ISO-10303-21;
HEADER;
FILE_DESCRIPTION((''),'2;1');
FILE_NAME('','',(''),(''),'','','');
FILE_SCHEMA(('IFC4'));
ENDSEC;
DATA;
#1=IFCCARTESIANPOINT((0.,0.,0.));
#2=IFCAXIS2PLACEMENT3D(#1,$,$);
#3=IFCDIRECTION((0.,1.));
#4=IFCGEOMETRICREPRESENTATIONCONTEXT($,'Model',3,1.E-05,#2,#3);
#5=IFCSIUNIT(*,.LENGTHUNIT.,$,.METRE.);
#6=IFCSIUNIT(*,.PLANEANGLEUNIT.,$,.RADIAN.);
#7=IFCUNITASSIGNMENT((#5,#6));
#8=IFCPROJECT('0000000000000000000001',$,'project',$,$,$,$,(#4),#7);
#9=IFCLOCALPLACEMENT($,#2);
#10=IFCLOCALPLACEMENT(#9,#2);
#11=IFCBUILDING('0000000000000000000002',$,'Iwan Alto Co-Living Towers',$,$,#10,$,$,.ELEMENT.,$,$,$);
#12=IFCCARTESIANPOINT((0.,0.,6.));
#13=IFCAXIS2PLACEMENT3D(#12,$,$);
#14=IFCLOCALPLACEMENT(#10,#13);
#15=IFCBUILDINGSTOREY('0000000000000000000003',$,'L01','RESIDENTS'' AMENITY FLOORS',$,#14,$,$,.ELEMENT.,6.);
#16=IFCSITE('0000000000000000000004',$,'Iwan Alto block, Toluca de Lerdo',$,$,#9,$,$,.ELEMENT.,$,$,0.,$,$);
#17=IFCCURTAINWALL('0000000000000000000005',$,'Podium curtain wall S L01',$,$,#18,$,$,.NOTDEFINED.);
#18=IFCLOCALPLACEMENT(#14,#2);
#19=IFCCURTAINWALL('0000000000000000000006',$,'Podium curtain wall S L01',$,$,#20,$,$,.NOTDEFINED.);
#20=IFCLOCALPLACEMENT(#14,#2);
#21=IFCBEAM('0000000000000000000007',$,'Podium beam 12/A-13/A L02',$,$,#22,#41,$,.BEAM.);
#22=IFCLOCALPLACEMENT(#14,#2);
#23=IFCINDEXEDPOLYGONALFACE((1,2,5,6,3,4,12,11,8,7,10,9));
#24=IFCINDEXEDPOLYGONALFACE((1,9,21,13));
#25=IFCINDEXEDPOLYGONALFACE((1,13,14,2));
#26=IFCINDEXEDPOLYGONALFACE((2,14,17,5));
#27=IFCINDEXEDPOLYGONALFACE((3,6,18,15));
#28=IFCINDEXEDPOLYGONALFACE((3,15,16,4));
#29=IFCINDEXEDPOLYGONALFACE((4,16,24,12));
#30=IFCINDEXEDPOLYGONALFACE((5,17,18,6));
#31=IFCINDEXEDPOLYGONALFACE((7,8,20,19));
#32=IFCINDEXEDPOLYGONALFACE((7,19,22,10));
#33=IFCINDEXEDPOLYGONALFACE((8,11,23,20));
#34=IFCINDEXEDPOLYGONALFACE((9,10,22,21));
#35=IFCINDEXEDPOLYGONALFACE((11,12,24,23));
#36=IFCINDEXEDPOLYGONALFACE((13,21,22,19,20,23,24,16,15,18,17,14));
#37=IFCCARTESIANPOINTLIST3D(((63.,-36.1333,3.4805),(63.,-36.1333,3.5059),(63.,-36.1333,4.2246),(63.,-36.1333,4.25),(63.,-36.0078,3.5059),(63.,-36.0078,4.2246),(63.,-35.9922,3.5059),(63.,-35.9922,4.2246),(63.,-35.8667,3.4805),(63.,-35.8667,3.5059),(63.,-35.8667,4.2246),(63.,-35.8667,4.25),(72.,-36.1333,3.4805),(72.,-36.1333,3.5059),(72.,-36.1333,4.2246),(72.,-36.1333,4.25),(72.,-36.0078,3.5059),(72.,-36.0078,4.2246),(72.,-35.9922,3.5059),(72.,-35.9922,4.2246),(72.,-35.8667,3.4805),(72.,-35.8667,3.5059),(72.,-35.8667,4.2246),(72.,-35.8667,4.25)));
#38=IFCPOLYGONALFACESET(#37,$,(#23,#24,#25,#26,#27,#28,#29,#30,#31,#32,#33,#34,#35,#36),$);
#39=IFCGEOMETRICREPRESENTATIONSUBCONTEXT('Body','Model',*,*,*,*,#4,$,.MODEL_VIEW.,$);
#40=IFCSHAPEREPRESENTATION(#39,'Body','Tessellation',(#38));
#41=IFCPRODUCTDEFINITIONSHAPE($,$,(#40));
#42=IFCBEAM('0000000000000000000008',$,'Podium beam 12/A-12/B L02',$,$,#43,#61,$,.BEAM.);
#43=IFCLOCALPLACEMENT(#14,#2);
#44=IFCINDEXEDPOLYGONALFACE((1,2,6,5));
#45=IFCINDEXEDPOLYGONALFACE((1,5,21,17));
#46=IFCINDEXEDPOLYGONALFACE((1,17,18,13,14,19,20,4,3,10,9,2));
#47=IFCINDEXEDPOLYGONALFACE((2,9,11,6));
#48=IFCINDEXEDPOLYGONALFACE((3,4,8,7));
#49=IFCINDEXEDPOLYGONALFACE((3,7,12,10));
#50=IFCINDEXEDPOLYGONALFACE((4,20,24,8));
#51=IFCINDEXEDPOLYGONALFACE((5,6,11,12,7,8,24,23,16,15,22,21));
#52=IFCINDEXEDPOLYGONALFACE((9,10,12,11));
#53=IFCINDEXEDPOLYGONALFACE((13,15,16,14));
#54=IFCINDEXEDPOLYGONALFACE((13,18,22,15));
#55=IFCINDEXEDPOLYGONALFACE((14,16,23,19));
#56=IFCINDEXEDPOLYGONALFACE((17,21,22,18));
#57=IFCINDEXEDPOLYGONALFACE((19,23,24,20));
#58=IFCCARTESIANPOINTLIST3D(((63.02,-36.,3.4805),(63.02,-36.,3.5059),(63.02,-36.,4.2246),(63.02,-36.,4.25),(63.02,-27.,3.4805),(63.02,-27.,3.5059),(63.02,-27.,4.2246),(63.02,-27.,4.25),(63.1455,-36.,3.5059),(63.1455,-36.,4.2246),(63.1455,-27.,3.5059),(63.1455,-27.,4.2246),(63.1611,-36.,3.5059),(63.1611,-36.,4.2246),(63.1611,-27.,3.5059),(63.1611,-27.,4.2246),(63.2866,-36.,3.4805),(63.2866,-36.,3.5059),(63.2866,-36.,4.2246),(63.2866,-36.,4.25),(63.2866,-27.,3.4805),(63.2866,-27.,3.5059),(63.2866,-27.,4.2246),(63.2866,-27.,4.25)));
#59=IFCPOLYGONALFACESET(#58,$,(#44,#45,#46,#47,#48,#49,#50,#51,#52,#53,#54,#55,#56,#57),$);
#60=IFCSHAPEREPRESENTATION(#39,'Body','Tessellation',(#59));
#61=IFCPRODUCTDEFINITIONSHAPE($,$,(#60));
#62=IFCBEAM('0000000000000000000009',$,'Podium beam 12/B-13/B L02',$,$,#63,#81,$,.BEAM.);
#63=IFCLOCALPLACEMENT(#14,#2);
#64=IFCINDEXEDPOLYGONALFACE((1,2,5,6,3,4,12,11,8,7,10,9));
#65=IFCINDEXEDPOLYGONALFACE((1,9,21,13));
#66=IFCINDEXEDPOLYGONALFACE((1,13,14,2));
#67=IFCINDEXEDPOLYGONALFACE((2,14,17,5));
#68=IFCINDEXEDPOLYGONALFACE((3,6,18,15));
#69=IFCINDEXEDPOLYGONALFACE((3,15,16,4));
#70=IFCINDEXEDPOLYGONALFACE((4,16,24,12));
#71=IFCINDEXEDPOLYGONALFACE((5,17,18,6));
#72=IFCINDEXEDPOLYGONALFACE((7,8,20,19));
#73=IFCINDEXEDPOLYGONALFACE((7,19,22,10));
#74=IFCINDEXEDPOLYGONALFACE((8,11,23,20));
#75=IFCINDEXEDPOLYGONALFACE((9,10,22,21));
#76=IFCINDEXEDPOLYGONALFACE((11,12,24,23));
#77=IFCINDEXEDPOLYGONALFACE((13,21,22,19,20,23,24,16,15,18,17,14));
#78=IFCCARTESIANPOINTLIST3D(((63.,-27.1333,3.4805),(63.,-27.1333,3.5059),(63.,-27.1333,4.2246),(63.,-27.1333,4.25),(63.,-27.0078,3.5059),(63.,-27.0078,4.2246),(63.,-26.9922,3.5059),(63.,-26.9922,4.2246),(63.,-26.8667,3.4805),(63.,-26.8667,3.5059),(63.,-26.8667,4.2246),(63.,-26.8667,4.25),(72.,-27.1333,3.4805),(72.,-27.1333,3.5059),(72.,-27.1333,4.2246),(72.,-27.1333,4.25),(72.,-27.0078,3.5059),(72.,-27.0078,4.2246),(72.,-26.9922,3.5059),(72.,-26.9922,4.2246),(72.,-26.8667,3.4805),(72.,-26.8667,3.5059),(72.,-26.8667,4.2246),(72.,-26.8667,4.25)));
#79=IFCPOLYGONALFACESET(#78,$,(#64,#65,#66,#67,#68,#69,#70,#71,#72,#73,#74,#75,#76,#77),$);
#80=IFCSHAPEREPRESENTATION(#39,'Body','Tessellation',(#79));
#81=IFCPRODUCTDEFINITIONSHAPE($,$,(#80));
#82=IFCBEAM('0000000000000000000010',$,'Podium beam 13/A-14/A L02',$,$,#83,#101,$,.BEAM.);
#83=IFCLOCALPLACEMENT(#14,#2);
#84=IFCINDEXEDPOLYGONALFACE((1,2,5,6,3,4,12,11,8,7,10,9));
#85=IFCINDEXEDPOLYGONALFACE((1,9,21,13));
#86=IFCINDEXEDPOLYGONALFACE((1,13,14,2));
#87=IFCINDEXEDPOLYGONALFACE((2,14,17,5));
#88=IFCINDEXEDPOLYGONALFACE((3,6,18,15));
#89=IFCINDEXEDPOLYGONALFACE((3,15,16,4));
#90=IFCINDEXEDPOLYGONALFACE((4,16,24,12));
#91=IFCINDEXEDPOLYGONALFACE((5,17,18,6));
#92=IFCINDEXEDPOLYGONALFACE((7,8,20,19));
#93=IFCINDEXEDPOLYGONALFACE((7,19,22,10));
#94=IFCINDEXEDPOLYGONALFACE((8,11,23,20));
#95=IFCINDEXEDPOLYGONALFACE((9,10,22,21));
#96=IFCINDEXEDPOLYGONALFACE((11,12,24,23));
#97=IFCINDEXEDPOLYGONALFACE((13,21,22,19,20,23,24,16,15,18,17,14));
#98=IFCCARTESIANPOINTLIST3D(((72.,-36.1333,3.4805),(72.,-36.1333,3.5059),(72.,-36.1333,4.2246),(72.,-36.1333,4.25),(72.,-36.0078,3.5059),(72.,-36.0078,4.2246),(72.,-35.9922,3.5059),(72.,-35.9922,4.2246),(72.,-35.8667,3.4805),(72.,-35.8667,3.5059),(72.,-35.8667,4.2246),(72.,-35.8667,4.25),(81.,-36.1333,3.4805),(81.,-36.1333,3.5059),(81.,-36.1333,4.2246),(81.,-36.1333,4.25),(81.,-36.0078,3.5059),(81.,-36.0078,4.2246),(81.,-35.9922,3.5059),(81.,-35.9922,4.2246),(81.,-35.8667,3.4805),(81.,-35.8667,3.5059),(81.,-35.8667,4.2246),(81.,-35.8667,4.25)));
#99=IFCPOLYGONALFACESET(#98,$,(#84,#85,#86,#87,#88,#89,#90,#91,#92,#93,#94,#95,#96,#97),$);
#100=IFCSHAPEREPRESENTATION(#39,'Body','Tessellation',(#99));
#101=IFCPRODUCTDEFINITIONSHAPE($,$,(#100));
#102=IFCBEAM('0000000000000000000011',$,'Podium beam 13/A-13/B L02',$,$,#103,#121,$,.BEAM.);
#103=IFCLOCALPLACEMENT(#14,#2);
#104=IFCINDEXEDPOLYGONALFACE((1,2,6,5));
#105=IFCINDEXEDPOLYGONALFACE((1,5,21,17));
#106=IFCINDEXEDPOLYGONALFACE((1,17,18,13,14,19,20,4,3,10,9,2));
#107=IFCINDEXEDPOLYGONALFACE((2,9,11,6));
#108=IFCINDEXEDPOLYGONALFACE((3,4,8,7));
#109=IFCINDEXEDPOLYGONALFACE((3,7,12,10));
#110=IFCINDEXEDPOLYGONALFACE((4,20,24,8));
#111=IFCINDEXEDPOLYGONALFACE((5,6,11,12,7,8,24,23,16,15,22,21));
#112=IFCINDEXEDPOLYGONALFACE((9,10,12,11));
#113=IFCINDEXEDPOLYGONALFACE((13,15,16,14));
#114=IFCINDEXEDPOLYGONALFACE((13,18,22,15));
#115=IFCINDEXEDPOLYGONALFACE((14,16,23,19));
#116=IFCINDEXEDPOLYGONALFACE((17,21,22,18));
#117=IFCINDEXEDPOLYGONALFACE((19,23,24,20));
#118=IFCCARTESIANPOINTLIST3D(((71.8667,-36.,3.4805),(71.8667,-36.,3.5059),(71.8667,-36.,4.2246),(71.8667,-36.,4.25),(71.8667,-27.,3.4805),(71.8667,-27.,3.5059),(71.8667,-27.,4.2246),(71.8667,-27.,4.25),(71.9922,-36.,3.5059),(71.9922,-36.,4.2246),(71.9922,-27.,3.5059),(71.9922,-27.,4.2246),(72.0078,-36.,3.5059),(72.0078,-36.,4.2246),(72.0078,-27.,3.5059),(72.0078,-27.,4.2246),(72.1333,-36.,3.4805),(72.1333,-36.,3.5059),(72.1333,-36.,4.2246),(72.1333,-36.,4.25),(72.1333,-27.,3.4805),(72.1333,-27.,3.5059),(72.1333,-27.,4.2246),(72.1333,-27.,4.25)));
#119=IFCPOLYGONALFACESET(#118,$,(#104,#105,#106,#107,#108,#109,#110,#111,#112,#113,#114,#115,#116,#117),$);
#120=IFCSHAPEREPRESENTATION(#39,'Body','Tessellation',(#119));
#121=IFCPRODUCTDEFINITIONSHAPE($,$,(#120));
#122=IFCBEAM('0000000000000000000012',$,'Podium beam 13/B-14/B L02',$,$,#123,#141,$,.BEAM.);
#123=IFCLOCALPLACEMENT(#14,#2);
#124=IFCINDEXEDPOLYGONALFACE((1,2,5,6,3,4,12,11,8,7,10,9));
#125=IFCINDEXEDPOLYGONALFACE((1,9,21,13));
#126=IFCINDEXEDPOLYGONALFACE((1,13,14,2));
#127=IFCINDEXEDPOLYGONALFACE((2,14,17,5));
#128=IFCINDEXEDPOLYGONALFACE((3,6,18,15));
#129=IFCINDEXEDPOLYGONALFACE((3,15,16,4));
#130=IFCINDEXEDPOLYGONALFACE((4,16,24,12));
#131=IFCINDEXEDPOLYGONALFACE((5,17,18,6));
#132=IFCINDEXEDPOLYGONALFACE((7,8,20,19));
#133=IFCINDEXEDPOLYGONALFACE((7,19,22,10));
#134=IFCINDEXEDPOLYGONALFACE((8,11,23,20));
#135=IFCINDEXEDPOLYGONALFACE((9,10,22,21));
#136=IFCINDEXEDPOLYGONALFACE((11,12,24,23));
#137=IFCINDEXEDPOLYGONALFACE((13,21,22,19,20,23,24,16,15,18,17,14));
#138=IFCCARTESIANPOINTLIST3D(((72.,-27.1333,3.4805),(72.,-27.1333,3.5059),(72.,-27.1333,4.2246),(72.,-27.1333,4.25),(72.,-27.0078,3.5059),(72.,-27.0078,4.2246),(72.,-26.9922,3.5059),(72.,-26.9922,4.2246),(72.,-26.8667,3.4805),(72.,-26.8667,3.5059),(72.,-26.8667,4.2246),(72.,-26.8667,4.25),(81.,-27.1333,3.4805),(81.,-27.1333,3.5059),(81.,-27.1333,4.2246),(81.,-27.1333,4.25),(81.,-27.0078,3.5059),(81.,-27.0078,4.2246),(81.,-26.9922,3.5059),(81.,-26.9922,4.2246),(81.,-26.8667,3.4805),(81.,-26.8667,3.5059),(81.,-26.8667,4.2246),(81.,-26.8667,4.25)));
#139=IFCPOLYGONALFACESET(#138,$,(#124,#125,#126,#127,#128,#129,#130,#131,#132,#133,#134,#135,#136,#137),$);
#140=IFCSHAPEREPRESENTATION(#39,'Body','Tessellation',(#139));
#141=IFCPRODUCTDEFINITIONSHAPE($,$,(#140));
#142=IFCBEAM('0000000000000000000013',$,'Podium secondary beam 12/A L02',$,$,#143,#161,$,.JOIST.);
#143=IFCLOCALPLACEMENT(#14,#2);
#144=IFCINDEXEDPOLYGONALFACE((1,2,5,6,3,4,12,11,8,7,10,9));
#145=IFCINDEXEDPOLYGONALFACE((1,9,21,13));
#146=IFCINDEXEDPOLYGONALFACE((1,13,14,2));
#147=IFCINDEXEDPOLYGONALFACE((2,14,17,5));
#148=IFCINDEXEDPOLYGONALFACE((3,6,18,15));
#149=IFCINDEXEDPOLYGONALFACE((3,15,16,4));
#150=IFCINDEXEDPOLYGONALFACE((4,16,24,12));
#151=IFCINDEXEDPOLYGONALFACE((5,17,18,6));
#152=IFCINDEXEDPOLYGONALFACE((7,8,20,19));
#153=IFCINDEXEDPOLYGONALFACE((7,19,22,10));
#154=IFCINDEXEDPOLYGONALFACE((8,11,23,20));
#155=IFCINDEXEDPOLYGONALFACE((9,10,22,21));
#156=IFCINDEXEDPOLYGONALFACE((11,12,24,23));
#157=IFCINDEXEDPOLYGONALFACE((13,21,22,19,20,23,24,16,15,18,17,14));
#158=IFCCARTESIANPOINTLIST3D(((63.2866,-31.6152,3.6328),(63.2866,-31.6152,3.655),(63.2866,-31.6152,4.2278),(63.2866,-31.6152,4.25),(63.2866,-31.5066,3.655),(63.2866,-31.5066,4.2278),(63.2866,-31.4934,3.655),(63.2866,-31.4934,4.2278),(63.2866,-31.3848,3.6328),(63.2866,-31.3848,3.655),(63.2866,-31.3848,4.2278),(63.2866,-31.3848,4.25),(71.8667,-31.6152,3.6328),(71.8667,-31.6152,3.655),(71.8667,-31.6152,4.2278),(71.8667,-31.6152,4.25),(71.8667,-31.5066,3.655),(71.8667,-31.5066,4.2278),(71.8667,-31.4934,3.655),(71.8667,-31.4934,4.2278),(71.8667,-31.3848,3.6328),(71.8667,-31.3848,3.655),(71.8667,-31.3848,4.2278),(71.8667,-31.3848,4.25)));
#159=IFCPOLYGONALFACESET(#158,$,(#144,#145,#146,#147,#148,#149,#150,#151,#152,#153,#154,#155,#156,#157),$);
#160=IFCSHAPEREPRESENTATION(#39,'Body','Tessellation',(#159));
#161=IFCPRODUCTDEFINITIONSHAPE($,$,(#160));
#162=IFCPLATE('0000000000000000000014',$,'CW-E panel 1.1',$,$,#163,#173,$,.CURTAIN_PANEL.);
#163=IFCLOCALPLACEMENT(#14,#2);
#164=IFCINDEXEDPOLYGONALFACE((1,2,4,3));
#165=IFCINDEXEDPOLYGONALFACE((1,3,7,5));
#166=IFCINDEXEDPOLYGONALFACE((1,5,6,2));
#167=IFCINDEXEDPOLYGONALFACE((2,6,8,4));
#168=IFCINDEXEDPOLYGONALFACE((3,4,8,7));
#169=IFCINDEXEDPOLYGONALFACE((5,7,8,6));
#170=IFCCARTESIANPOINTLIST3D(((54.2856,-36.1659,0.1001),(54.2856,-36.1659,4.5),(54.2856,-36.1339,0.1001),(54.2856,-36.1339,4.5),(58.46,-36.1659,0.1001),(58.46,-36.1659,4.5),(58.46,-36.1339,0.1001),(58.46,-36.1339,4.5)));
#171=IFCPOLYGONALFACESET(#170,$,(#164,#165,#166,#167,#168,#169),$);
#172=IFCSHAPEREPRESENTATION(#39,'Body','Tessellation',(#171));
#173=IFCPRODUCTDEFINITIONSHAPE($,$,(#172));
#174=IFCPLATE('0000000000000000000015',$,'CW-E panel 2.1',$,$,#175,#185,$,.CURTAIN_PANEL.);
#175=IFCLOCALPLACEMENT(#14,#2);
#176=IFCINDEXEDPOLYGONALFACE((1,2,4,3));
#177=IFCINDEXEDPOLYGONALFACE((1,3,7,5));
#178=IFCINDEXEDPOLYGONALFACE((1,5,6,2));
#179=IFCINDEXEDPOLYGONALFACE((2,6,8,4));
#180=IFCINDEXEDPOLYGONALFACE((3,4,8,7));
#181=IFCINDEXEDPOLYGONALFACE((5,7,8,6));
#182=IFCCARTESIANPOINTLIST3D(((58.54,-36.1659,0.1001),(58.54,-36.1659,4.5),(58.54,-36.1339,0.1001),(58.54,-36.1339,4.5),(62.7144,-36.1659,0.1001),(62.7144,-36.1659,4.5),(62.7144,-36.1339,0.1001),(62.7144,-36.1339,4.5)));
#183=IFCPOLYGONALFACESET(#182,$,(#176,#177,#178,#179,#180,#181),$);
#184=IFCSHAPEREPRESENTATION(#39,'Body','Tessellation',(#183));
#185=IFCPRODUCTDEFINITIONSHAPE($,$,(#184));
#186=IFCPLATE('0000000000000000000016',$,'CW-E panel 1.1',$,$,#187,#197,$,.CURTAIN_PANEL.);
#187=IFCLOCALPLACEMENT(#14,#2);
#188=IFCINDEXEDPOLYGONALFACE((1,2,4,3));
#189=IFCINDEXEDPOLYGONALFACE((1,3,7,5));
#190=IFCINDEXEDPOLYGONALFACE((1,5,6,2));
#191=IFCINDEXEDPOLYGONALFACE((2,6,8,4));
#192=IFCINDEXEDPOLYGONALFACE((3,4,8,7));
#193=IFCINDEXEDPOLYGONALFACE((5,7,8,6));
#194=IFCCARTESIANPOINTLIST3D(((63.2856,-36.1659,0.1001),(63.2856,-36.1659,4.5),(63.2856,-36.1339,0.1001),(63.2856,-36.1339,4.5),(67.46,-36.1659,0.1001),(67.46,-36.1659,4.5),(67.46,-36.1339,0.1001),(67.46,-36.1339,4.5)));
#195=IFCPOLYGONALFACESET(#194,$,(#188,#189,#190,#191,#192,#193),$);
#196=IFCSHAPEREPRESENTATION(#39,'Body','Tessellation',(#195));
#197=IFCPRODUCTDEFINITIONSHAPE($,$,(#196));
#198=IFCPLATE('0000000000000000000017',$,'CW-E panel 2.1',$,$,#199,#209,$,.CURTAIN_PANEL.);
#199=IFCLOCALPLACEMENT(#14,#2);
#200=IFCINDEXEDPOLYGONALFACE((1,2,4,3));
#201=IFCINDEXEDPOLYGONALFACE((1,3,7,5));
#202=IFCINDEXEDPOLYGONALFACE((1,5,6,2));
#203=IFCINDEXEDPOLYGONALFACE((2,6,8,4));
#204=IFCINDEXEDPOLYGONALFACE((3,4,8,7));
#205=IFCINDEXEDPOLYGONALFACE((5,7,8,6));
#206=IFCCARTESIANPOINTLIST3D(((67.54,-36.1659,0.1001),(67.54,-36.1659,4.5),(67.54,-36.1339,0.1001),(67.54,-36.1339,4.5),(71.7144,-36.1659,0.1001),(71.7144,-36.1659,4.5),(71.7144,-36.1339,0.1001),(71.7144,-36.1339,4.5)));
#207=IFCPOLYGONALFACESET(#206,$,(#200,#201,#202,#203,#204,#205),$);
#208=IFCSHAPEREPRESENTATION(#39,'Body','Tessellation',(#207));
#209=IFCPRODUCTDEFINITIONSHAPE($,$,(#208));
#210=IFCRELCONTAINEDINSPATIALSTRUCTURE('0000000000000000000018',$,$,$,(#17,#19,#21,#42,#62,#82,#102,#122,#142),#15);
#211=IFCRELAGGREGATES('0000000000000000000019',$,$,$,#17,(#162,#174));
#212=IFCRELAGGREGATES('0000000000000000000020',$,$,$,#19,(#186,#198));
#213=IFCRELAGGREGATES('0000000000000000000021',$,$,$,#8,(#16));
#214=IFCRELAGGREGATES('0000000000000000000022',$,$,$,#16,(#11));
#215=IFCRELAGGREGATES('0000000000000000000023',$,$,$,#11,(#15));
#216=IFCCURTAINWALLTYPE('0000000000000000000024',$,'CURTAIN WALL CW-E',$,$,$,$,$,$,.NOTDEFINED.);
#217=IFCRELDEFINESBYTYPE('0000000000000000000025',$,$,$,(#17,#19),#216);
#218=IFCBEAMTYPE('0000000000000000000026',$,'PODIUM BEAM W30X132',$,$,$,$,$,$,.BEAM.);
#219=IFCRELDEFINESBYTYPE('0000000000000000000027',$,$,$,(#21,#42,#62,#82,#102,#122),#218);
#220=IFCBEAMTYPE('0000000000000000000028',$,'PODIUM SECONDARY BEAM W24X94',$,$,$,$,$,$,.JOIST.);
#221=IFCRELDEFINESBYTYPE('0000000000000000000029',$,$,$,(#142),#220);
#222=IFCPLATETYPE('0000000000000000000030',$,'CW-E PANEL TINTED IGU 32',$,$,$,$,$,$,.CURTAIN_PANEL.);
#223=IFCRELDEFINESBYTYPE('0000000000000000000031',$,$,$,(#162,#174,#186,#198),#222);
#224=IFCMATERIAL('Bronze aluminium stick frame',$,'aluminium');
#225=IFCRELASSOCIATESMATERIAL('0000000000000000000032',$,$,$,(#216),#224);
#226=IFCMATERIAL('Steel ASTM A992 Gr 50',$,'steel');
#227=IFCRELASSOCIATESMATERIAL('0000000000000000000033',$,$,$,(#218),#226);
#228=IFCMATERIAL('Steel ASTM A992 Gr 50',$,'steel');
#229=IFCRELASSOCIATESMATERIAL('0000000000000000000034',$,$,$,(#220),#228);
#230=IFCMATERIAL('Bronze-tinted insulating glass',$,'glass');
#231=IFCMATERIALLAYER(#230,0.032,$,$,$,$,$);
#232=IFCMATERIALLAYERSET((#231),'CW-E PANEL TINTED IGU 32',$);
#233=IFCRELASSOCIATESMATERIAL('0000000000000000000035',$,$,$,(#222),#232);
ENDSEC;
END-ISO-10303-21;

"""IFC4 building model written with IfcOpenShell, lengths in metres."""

from ifc_helpers import new_model, si_unit, direction, frame, origin, origin_2d, place, context, subcontext, project, spatial, rectangle, i_section, extrude, material, layer, layer_set, material_profile, profile_set, type_object, element, aggregate, save


model = new_model("IFC4")

# Units and contexts
model_context = context("Model", 3, precision=1e-05, world=origin(), true_north=direction((0.0, 1.0)))
body_context = subcontext(model_context, "Body", "Model", "MODEL_VIEW")
ifc_project = project(units=[si_unit("LENGTHUNIT", "METRE"), si_unit("PLANEANGLEUNIT", "RADIAN")], contexts=[model_context])

# Site, building, storey
site_placement = place(None, origin())
site = spatial("IfcSite", under=ifc_project, at=site_placement, Name="Iwan Alto block, Toluca de Lerdo", CompositionType="ELEMENT", RefElevation=0.0)
building_placement = place(site_placement, origin())
building = spatial("IfcBuilding", under=site, at=building_placement, Name="Iwan Alto Co-Living Towers", CompositionType="ELEMENT")
storey_placement = place(building_placement, frame((0.0, 0.0, 6.0)))
storey = spatial("IfcBuildingStorey", under=building, at=storey_placement, Name="L01", Description="RESIDENTS' AMENITY FLOORS", CompositionType="ELEMENT", Elevation=6.0)

# Curtain walls
ifc_material_1 = material(Name="Bronze aluminium stick frame", Category="aluminium")
curtain_wall_type = type_object("IfcCurtainWallType", Name="CURTAIN WALL CW-E", PredefinedType="NOTDEFINED", material=ifc_material_1)
curtain_wall_1_placement = place(storey_placement, origin())
curtain_wall_1 = element("IfcCurtainWall", 1, at=curtain_wall_1_placement, inside=storey, type_object=curtain_wall_type, Name="Podium curtain wall S L01", PredefinedType="NOTDEFINED")
curtain_wall_2_placement = place(storey_placement, origin())
curtain_wall_2 = element("IfcCurtainWall", 2, at=curtain_wall_2_placement, inside=storey, type_object=curtain_wall_type, Name="Podium curtain wall S L01", PredefinedType="NOTDEFINED")

# Beams
ifc_material_2 = material(Name="Steel ASTM A992 Gr 50", Category="steel")
ifc_material_profile_1 = material_profile(ifc_material_2, i_section(OverallWidth=0.2666, OverallDepth=0.7695, WebThickness=0.0156, FlangeThickness=0.0254, at=origin_2d()), Name="W30X132")
ifc_profile_set_1 = profile_set([ifc_material_profile_1], Name="Steel ASTM A992 Gr 50")
beam_type_1 = type_object("IfcBeamType", Name="PODIUM BEAM W30X132", PredefinedType="BEAM", material=ifc_profile_set_1)
for number, where, z_axis, x_axis, name in (
    (3, (63.0, -36.0, 3.8652), (1.0, 0.0, 0.0), (0.0, 1.0, 0.0), "Podium beam 12/A-13/A L02"),
    (4, (63.1533, -36.0, 3.8652), (0.0, 1.0, 0.0), (-1.0, 0.0, 0.0), "Podium beam 12/A-12/B L02"),
    (5, (63.0, -27.0, 3.8652), (1.0, 0.0, 0.0), (0.0, 1.0, 0.0), "Podium beam 12/B-13/B L02"),
    (6, (72.0, -36.0, 3.8652), (1.0, 0.0, 0.0), (0.0, 1.0, 0.0), "Podium beam 13/A-14/A L02"),
    (7, (72.0, -36.0, 3.8652), (0.0, 1.0, 0.0), (-1.0, 0.0, 0.0), "Podium beam 13/A-13/B L02"),
    (8, (72.0, -27.0, 3.8652), (1.0, 0.0, 0.0), (0.0, 1.0, 0.0), "Podium beam 13/B-14/B L02"),
):
    element("IfcBeam", number, at=place(storey_placement, frame(where, z_axis=z_axis, x_axis=x_axis)), inside=storey, type_object=beam_type_1, Name=name, PredefinedType="BEAM", context=body_context, shape_type="SweptSolid", body=[
        extrude(i_section(OverallWidth=0.2666, OverallDepth=0.7695, WebThickness=0.0156, FlangeThickness=0.0254, at=origin_2d()), origin(), (0.0, 0.0, 1.0), 9.0),
    ])
ifc_material_3 = material(Name="Steel ASTM A992 Gr 50", Category="steel")
ifc_material_profile_2 = material_profile(ifc_material_3, i_section(OverallWidth=0.2305, OverallDepth=0.6172, WebThickness=0.0132, FlangeThickness=0.0222, at=origin_2d()), Name="W24X94")
ifc_profile_set_2 = profile_set([ifc_material_profile_2], Name="Steel ASTM A992 Gr 50")
beam_type_2 = type_object("IfcBeamType", Name="PODIUM SECONDARY BEAM W24X94", PredefinedType="JOIST", material=ifc_profile_set_2)
beam_placement = place(storey_placement, frame((63.2866, -31.5, 3.9414), z_axis=(1.0, 0.0, 0.0), x_axis=(0.0, 1.0, 0.0)))
element("IfcBeam", 9, at=beam_placement, inside=storey, type_object=beam_type_2, Name="Podium secondary beam 12/A L02", PredefinedType="JOIST", context=body_context, shape_type="SweptSolid", body=[
    extrude(i_section(OverallWidth=0.2305, OverallDepth=0.6172, WebThickness=0.0132, FlangeThickness=0.0222, at=origin_2d()), origin(), (0.0, 0.0, 1.0), 8.5801),
])

# Plates
ifc_material_4 = material(Name="Bronze-tinted insulating glass", Category="glass")
ifc_layer_1 = layer(ifc_material_4, 0.032)
ifc_layer_set_1 = layer_set([ifc_layer_1], Name="CW-E PANEL TINTED IGU 32")
plate_type = type_object("IfcPlateType", Name="CW-E PANEL TINTED IGU 32", PredefinedType="CURTAIN_PANEL", material=ifc_layer_set_1)
plate_1_placement = place(storey_placement, frame((56.3728, -36.1499, 0.1001), z_axis=(0.0, 0.0, 1.0), x_axis=(1.0, 0.0, 0.0)))
plate_1 = element("IfcPlate", 10, at=plate_1_placement, type_object=plate_type, Name="CW-E panel 1.1", PredefinedType="CURTAIN_PANEL", context=body_context, shape_type="SweptSolid", body=[
    extrude(rectangle(XDim=4.1743, YDim=0.032, at=origin_2d()), origin(), (0.0, 0.0, 1.0), 4.3999),
])
plate_2_placement = place(storey_placement, frame((60.6272, -36.1499, 0.1001), z_axis=(0.0, 0.0, 1.0), x_axis=(1.0, 0.0, 0.0)))
plate_2 = element("IfcPlate", 11, at=plate_2_placement, type_object=plate_type, Name="CW-E panel 2.1", PredefinedType="CURTAIN_PANEL", context=body_context, shape_type="SweptSolid", body=[
    extrude(rectangle(XDim=4.1743, YDim=0.032, at=origin_2d()), origin(), (0.0, 0.0, 1.0), 4.3999),
])
aggregate(curtain_wall_1, [plate_1, plate_2])
plate_3_placement = place(storey_placement, frame((65.3728, -36.1499, 0.1001), z_axis=(0.0, 0.0, 1.0), x_axis=(1.0, 0.0, 0.0)))
plate_3 = element("IfcPlate", 12, at=plate_3_placement, type_object=plate_type, Name="CW-E panel 1.1", PredefinedType="CURTAIN_PANEL", context=body_context, shape_type="SweptSolid", body=[
    extrude(rectangle(XDim=4.1743, YDim=0.032, at=origin_2d()), origin(), (0.0, 0.0, 1.0), 4.3999),
])
plate_4_placement = place(storey_placement, frame((69.6272, -36.1499, 0.1001), z_axis=(0.0, 0.0, 1.0), x_axis=(1.0, 0.0, 0.0)))
plate_4 = element("IfcPlate", 13, at=plate_4_placement, type_object=plate_type, Name="CW-E panel 2.1", PredefinedType="CURTAIN_PANEL", context=body_context, shape_type="SweptSolid", body=[
    extrude(rectangle(XDim=4.1743, YDim=0.032, at=origin_2d()), origin(), (0.0, 0.0, 1.0), 4.3999),
])
aggregate(curtain_wall_2, [plate_3, plate_4])

save(model, "model.ifc")
